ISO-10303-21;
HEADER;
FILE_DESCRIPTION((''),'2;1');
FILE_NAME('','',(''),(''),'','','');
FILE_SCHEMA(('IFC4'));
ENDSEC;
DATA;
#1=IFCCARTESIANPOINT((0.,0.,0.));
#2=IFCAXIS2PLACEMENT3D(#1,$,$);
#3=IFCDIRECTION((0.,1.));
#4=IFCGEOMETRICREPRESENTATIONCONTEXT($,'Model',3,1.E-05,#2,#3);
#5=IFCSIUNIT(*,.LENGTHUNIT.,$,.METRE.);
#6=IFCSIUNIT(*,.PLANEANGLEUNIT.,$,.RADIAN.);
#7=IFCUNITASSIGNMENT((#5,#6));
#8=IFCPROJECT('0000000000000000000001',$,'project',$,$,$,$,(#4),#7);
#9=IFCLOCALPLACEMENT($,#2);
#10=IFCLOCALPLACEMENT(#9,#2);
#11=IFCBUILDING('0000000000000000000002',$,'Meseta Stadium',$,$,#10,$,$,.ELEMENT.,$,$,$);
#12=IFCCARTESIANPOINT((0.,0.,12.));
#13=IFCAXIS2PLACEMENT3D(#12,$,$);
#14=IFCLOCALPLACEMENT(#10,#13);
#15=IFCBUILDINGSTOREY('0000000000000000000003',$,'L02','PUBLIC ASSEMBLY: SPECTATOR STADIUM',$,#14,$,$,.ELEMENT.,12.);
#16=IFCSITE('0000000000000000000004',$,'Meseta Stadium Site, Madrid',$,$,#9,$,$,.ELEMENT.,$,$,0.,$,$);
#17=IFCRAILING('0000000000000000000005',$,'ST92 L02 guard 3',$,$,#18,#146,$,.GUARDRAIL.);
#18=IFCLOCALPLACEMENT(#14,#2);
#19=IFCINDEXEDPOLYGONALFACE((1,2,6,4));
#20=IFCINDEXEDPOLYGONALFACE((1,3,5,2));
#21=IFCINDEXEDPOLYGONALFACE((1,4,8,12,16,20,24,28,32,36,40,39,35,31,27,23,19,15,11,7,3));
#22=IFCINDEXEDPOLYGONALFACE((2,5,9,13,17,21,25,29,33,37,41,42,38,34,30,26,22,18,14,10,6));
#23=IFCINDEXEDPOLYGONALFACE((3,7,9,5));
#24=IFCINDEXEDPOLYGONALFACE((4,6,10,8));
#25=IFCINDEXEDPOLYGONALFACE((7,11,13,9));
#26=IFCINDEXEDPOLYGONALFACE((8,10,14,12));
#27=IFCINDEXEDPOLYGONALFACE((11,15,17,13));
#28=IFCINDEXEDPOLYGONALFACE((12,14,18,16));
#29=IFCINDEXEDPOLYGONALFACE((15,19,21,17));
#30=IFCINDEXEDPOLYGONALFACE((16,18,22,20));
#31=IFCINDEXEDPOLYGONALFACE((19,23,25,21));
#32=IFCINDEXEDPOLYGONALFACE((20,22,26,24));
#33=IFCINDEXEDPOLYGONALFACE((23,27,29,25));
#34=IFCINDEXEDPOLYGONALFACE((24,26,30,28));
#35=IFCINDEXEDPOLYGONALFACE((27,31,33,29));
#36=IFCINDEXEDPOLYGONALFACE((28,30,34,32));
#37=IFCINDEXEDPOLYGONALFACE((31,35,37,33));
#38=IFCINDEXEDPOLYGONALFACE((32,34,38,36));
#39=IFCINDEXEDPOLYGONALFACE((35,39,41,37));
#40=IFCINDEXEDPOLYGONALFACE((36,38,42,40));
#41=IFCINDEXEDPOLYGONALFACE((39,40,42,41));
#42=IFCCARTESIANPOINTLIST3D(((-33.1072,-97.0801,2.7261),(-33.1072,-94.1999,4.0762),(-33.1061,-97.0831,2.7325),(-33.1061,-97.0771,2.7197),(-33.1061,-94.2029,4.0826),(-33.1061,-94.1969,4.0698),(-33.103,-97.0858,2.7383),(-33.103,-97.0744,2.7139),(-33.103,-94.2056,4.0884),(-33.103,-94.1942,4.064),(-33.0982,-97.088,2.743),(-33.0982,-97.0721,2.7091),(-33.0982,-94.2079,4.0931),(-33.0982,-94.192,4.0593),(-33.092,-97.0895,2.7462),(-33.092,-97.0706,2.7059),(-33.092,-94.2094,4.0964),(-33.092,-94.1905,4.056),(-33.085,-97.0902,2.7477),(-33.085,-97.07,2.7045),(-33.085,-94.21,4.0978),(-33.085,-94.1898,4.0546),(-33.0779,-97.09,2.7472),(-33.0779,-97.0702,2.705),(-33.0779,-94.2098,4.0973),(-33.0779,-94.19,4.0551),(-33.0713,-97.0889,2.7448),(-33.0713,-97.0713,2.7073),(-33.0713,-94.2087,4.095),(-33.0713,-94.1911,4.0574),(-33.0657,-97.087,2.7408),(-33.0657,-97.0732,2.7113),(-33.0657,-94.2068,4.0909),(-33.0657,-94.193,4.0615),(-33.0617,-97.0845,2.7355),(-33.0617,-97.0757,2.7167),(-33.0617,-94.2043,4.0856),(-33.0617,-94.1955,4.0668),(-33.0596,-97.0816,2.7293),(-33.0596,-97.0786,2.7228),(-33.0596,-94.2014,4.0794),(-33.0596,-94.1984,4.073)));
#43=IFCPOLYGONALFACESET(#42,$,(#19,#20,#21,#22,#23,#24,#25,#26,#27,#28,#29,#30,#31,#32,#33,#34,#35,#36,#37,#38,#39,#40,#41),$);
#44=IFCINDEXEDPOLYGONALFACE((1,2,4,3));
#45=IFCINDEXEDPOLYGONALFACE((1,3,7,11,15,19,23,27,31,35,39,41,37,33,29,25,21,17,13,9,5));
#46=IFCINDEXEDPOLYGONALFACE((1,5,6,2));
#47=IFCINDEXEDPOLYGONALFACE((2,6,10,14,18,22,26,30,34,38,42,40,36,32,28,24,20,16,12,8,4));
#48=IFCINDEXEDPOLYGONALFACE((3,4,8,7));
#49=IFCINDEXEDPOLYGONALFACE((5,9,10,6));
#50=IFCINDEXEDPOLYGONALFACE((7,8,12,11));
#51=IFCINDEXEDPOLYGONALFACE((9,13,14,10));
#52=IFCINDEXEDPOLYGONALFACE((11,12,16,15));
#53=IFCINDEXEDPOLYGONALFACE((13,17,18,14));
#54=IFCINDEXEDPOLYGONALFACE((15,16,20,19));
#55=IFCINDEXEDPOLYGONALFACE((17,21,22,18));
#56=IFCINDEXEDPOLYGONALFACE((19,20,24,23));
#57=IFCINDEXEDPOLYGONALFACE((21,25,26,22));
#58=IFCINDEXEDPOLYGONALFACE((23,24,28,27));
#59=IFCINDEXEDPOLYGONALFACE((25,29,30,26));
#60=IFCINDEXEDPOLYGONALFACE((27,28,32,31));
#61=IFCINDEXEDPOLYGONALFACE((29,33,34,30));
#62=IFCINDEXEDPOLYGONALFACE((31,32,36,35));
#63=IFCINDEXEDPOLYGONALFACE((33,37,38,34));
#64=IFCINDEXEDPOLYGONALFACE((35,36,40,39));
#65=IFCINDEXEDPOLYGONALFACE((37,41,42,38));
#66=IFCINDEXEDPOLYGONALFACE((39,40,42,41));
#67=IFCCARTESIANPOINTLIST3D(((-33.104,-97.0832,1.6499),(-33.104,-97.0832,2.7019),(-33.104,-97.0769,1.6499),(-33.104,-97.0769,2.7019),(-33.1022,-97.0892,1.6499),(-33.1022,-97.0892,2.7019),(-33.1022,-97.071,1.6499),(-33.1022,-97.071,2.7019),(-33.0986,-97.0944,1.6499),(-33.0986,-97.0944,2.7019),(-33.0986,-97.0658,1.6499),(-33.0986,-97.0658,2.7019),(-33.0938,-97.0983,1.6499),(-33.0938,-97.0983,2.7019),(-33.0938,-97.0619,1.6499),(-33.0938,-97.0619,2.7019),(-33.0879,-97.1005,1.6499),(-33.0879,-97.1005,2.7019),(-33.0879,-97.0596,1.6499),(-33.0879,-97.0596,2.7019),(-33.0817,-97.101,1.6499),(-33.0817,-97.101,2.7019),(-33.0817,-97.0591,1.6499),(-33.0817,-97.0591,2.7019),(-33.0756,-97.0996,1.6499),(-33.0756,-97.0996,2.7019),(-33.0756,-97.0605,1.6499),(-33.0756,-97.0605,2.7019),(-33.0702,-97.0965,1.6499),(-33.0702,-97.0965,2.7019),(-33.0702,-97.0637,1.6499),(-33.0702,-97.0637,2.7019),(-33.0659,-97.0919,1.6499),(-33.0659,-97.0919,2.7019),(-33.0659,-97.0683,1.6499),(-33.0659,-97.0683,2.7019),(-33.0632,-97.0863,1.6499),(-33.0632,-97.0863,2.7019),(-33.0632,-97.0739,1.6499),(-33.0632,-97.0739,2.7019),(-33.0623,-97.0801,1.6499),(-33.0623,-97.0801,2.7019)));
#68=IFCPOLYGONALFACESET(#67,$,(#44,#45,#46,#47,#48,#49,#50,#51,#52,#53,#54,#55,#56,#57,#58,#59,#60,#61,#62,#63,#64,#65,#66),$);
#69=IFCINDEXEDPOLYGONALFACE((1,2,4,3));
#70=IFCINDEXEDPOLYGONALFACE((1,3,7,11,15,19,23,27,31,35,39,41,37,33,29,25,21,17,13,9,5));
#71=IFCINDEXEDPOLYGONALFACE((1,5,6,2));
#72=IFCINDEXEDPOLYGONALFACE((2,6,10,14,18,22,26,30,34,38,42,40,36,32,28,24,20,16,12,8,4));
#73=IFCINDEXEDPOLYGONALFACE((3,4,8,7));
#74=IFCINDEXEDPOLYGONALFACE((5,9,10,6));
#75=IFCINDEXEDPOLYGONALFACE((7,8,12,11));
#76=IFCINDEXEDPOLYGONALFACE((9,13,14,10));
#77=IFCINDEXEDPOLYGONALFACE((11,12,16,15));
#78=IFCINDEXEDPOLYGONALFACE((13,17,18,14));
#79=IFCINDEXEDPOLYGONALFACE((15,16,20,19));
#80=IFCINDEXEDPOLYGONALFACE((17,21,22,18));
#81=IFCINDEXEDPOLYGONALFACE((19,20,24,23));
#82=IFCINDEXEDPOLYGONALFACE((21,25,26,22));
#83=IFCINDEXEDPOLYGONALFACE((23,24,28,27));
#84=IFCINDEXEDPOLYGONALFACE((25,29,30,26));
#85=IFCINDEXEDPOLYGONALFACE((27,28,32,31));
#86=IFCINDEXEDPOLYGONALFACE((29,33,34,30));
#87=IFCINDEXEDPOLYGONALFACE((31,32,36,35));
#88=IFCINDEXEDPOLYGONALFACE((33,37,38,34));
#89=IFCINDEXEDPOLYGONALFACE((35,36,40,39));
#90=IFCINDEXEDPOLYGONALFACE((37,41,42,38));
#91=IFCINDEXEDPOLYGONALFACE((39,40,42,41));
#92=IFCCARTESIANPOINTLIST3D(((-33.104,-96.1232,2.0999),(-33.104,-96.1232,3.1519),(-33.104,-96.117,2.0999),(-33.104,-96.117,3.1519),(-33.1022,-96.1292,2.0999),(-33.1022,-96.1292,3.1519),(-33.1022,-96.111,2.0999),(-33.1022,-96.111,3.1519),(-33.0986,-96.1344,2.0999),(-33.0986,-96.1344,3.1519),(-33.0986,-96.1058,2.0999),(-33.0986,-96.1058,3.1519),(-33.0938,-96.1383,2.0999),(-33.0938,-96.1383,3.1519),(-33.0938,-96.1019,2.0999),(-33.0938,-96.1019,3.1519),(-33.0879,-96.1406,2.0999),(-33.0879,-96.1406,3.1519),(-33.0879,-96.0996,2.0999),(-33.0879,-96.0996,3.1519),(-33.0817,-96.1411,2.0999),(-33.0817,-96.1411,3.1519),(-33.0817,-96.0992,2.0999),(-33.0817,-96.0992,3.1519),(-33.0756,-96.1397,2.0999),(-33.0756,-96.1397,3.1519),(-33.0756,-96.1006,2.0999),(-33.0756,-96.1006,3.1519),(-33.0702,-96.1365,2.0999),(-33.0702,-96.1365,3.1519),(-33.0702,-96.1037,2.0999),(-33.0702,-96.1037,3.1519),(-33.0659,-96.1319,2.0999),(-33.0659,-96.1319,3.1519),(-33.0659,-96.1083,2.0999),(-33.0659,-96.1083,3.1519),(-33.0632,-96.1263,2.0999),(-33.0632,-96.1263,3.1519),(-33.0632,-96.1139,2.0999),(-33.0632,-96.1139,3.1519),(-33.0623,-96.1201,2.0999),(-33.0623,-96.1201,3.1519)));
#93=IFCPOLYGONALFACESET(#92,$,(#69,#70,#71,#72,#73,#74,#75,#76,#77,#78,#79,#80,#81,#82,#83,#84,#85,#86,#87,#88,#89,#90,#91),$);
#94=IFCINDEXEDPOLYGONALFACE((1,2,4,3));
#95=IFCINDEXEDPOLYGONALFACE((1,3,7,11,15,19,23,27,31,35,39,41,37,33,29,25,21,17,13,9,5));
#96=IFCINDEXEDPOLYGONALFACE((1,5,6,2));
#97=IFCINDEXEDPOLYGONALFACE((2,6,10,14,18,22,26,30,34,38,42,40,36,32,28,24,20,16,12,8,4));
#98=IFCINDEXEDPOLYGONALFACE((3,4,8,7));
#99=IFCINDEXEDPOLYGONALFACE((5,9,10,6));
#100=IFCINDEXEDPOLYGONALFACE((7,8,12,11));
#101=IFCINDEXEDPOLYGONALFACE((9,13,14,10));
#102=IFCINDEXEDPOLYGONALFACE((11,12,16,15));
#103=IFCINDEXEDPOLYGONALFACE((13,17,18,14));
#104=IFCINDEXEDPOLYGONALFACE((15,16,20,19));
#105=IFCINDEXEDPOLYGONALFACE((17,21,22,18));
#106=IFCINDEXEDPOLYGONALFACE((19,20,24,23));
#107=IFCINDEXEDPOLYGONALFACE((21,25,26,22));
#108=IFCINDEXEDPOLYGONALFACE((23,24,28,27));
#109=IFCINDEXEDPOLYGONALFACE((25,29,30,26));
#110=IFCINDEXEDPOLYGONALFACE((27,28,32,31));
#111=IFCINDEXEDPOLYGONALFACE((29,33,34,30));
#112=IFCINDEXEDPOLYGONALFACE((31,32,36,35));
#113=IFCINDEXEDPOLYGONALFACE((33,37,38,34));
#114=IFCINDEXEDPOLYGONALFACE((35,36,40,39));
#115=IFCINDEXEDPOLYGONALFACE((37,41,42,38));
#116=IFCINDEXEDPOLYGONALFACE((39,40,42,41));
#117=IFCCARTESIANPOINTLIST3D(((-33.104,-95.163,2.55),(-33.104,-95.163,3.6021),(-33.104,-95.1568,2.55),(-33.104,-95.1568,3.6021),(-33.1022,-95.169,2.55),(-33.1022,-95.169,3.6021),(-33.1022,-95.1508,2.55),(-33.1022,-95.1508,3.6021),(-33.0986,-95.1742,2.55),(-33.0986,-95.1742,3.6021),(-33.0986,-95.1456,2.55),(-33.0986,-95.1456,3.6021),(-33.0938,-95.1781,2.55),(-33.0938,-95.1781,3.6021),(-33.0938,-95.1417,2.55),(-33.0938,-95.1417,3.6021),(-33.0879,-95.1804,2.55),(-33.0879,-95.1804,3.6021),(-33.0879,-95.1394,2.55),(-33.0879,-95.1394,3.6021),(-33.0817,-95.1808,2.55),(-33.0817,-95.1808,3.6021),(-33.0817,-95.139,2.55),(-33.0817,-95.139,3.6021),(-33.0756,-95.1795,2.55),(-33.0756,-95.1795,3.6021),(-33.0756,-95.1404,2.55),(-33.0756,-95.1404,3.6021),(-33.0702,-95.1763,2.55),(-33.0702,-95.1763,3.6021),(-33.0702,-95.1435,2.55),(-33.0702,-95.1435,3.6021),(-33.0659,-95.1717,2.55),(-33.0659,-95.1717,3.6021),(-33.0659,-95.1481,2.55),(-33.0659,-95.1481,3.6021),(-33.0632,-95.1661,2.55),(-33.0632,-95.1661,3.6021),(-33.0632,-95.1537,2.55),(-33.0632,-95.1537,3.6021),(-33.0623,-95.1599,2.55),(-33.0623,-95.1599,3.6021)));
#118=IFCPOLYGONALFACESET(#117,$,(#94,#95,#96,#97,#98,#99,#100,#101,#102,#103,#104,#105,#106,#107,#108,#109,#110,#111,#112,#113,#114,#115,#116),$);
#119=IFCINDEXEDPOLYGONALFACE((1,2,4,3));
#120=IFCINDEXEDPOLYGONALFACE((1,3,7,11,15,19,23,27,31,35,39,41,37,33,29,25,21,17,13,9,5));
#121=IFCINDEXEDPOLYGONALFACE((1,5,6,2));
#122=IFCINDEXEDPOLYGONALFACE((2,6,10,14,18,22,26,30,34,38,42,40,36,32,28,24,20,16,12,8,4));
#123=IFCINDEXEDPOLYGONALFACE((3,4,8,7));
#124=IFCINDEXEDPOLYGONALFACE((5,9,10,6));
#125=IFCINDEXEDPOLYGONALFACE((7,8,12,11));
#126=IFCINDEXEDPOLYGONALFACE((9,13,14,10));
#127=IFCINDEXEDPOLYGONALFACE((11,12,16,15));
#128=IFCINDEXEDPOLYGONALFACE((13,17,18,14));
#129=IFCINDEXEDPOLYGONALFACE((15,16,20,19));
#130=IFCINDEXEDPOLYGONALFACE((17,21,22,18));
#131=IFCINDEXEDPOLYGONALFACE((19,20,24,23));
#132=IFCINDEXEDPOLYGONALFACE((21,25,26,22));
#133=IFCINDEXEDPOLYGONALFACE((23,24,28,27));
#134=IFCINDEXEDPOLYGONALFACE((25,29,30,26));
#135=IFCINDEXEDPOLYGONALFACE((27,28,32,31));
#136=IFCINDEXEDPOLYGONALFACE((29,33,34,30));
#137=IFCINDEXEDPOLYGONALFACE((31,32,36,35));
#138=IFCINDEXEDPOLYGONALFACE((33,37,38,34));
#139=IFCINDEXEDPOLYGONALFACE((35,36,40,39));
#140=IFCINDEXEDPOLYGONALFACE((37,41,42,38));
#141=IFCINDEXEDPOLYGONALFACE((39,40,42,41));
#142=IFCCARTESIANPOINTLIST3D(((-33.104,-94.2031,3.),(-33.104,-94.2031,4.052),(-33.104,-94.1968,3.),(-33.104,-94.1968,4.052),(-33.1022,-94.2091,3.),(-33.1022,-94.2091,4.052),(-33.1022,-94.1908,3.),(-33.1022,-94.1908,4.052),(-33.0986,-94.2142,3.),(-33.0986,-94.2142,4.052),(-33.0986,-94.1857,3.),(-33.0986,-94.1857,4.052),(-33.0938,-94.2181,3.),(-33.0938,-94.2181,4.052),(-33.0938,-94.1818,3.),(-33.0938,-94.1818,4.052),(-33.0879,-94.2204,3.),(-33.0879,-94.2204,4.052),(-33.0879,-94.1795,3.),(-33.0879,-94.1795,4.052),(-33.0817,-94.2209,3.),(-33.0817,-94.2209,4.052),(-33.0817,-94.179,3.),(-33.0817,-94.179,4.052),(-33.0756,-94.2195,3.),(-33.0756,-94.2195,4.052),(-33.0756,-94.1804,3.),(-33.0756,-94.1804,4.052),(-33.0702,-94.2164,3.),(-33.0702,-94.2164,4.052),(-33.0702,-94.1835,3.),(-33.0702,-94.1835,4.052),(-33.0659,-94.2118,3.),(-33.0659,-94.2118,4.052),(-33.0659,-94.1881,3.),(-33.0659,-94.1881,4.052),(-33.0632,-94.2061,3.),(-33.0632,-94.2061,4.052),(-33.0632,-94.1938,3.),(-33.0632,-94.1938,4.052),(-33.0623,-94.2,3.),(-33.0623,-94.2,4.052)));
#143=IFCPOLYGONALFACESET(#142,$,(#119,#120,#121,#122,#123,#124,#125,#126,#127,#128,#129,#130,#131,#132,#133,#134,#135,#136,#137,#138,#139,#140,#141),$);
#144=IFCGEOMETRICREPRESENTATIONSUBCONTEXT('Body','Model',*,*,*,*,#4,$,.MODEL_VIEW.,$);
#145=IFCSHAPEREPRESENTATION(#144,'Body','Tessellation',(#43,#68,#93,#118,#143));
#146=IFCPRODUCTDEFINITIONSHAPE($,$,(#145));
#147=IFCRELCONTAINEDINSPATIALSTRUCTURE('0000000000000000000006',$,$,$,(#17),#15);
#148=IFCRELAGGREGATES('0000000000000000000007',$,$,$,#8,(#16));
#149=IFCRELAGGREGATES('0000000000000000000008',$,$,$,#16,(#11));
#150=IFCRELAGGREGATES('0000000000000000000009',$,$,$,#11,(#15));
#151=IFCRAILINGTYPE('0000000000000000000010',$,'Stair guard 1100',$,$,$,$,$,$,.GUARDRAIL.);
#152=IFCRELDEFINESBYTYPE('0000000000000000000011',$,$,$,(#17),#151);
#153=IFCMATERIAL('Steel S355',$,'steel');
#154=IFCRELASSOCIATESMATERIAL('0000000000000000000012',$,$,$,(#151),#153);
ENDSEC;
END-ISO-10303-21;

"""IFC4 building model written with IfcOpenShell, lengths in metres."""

from ifc_helpers import new_model, si_unit, direction, frame, origin, origin_2d, place, context, subcontext, project, spatial, circle, extrude, material, type_object, element, save


model = new_model("IFC4")

# Units and contexts
model_context = context("Model", 3, precision=1e-05, world=origin(), true_north=direction((0.0, 1.0)))
body_context = subcontext(model_context, "Body", "Model", "MODEL_VIEW")
ifc_project = project(units=[si_unit("LENGTHUNIT", "METRE"), si_unit("PLANEANGLEUNIT", "RADIAN")], contexts=[model_context])

# Site, building, storey
site_placement = place(None, origin())
site = spatial("IfcSite", under=ifc_project, at=site_placement, Name="Meseta Stadium Site, Madrid", CompositionType="ELEMENT", RefElevation=0.0)
building_placement = place(site_placement, origin())
building = spatial("IfcBuilding", under=site, at=building_placement, Name="Meseta Stadium", CompositionType="ELEMENT")
storey_placement = place(building_placement, frame((0.0, 0.0, 12.0)))
storey = spatial("IfcBuildingStorey", under=building, at=storey_placement, Name="L02", Description="PUBLIC ASSEMBLY: SPECTATOR STADIUM", CompositionType="ELEMENT", Elevation=12.0)

# Railing
ifc_material_1 = material(Name="Steel S355", Category="steel")
railing_type_1 = type_object("IfcRailingType", Name="Stair guard 1100", PredefinedType="GUARDRAIL", material=ifc_material_1)
railing_1_placement = place(storey_placement, frame((-33.0833, -97.0801, 1.6499)))
element("IfcRailing", 1, at=railing_1_placement, inside=storey, type_object=railing_type_1, Name="ST92 L02 guard 3", PredefinedType="GUARDRAIL", context=body_context, shape_type="SweptSolid", body=[
    extrude(circle(Radius=0.0239, at=origin_2d()), frame((0.0, 0.0, 1.0762), z_axis=(0.0, 0.905454, 0.424444), x_axis=(-1.0, 0.0, 0.0)), (0.0, 0.0, 1.0), 3.1809),
    extrude(circle(Radius=0.021, at=origin_2d()), origin(), (0.0, 0.0, 1.0), 1.052),
    extrude(circle(Radius=0.021, at=origin_2d()), frame((0.0, 0.96, 0.45)), (0.0, 0.0, 1.0), 1.052),
    extrude(circle(Radius=0.021, at=origin_2d()), frame((0.0, 1.9202, 0.9001)), (0.0, 0.0, 1.0), 1.052),
    extrude(circle(Radius=0.021, at=origin_2d()), frame((0.0, 2.8801, 1.3501)), (0.0, 0.0, 1.0), 1.052),
])

save(model, "model.ifc")
